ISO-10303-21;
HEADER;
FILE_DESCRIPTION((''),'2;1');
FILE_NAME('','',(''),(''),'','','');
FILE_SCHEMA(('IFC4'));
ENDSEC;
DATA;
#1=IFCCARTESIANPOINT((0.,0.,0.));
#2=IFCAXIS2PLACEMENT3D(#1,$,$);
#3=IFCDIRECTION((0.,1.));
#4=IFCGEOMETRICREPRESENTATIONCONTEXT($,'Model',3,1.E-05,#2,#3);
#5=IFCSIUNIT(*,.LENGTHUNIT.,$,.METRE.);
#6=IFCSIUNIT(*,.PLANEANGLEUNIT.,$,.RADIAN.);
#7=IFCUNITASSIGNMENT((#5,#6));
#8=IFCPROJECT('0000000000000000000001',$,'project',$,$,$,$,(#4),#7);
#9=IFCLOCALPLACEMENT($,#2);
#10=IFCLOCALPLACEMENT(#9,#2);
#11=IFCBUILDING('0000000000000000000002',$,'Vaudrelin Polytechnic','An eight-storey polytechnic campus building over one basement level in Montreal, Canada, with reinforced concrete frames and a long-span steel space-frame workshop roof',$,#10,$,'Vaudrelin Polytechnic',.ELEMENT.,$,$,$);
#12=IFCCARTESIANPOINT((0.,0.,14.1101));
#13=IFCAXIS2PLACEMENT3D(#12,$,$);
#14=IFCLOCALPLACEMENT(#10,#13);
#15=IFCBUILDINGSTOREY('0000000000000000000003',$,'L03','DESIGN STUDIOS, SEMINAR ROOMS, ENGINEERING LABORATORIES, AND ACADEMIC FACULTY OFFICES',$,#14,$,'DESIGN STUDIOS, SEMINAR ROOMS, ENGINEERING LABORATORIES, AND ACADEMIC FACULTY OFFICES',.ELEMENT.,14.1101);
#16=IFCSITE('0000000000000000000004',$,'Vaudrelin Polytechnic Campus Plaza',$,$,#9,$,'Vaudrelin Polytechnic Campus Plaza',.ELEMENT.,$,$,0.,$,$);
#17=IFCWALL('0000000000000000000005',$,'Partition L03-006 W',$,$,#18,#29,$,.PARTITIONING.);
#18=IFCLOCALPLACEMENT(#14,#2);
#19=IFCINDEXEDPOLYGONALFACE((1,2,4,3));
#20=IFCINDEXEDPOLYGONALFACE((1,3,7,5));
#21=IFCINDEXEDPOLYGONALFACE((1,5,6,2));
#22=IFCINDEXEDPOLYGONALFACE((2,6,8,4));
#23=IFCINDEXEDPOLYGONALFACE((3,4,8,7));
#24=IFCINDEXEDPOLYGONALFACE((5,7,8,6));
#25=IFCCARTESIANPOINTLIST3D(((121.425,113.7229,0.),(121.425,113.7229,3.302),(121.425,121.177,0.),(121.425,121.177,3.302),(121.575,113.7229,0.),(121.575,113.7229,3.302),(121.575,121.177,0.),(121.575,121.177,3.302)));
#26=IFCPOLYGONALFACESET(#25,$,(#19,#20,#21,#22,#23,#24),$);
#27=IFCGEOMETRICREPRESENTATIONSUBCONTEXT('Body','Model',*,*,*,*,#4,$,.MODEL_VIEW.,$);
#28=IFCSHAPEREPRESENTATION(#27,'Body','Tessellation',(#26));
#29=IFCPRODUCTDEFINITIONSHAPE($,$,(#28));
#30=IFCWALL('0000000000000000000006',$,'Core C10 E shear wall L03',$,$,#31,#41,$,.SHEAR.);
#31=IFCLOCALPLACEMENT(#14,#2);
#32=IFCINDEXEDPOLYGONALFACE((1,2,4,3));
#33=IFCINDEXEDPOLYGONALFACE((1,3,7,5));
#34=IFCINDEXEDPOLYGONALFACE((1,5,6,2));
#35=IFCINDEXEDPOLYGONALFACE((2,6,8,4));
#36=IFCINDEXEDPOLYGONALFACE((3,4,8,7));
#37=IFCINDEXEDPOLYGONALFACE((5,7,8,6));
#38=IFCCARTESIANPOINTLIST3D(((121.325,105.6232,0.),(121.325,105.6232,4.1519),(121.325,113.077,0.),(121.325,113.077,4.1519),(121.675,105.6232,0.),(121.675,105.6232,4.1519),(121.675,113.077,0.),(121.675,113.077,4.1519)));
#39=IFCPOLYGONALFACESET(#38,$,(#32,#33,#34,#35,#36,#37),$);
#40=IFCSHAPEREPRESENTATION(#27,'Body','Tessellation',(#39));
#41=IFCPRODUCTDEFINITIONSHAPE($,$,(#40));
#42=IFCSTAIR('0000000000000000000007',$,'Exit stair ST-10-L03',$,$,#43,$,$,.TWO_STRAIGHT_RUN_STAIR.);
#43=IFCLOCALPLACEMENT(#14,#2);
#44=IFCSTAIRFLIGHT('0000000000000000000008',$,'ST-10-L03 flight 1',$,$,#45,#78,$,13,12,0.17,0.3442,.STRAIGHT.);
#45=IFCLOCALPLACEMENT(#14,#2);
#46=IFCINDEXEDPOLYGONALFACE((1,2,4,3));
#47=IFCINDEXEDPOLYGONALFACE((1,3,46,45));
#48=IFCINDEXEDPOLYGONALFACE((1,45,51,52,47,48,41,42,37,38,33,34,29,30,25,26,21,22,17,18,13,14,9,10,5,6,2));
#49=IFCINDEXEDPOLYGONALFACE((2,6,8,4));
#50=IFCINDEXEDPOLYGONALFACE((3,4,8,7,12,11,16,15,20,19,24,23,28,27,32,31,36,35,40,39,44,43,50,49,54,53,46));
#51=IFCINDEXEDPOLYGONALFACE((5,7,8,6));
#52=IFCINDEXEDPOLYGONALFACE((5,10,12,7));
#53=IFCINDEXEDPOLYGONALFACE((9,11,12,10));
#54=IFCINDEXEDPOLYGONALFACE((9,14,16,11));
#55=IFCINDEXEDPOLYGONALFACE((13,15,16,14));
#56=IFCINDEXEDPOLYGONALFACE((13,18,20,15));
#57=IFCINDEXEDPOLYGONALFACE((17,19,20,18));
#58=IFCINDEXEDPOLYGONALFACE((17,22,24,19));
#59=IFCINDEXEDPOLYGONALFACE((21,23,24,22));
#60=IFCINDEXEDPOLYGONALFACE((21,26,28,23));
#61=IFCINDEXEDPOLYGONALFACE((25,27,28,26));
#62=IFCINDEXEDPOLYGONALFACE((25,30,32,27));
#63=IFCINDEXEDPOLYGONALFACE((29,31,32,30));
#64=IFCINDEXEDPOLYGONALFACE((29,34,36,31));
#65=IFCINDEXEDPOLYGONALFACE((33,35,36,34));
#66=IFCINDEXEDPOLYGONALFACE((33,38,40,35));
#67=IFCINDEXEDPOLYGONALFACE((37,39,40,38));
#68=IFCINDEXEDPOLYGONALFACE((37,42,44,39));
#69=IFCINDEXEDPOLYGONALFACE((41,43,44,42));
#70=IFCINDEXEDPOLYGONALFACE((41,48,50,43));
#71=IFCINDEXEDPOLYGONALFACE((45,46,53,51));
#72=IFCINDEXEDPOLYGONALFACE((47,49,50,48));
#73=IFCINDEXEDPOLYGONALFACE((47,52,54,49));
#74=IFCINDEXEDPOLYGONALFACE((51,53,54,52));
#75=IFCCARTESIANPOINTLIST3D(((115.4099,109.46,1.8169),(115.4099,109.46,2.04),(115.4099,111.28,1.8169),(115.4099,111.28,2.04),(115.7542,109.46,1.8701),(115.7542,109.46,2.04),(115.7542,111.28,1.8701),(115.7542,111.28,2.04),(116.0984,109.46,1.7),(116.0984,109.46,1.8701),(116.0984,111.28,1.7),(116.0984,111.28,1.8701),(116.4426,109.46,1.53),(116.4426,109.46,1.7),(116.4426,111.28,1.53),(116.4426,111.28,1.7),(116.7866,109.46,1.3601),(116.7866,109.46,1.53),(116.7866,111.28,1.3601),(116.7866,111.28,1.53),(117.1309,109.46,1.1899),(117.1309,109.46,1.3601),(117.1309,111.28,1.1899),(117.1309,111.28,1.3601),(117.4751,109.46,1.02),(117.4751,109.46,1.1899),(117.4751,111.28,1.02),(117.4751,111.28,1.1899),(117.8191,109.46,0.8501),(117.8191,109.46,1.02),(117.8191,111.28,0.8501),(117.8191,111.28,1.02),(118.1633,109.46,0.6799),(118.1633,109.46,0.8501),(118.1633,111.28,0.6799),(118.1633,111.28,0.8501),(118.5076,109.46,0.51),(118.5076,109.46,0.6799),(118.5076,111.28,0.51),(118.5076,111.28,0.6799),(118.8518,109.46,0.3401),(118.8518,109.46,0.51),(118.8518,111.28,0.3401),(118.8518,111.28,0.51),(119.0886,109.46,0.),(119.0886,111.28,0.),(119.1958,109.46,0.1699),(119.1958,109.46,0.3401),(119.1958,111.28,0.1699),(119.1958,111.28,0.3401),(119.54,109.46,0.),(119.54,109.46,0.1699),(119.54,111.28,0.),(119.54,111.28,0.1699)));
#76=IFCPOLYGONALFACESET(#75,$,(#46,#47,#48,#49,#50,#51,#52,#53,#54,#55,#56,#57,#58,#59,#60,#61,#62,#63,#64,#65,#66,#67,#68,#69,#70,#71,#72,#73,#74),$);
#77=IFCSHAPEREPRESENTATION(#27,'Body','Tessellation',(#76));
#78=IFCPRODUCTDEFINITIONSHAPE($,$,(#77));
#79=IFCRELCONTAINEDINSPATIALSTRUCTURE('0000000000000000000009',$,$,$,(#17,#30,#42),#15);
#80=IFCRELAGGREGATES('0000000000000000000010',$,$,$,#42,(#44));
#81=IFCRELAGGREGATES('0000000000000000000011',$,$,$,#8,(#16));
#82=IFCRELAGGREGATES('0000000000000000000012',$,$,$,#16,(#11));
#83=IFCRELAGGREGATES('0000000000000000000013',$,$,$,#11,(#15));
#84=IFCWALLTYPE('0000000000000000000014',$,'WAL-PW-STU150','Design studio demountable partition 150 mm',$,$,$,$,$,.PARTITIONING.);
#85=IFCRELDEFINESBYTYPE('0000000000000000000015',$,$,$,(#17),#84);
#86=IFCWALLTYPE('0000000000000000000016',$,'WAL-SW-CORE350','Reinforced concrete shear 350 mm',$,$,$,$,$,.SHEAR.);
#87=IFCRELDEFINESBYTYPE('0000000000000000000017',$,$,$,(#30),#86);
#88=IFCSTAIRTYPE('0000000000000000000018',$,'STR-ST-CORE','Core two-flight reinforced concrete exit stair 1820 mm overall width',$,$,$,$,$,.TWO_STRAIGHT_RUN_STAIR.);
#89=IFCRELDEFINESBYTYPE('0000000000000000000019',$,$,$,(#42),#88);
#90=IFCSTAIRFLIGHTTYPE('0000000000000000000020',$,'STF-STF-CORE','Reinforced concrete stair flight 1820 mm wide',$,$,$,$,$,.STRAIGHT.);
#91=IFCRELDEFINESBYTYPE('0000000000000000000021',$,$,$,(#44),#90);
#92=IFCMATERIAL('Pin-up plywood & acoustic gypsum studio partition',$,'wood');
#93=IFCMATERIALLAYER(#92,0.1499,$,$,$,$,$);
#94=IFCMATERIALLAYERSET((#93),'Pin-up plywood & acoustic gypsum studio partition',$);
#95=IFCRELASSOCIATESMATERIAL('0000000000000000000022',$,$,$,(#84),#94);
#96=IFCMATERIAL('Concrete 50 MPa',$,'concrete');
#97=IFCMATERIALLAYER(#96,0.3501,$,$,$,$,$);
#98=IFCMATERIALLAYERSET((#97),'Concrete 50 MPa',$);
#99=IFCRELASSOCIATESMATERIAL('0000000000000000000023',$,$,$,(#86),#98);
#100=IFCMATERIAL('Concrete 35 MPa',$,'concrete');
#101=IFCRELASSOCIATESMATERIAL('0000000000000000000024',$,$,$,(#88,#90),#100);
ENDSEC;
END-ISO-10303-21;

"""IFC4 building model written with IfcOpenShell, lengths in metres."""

from ifc_helpers import new_model, si_unit, direction, frame, frame_2d, origin, place, context, subcontext, project, spatial, polyline, rectangle, outline, extrude, material, layer, layer_set, type_object, element, aggregate, save


model = new_model("IFC4")

# Units and contexts
model_context = context("Model", 3, precision=1e-05, world=origin(), true_north=direction((0.0, 1.0)))
body_context = subcontext(model_context, "Body", "Model", "MODEL_VIEW")
ifc_project = project(units=[si_unit("LENGTHUNIT", "METRE"), si_unit("PLANEANGLEUNIT", "RADIAN")], contexts=[model_context])

# Site, building, storey
site_placement = place(None, origin())
site = spatial("IfcSite", under=ifc_project, at=site_placement, Name="Vaudrelin Polytechnic Campus Plaza", LongName="Vaudrelin Polytechnic Campus Plaza", CompositionType="ELEMENT", RefElevation=0.0)
building_placement = place(site_placement, origin())
building = spatial("IfcBuilding", under=site, at=building_placement, Name="Vaudrelin Polytechnic", Description="An eight-storey polytechnic campus building over one basement level in Montreal, Canada, with reinforced concrete frames and a long-span steel space-frame workshop roof", LongName="Vaudrelin Polytechnic", CompositionType="ELEMENT")
storey_placement = place(building_placement, frame((0.0, 0.0, 14.1101)))
storey = spatial("IfcBuildingStorey", under=building, at=storey_placement, Name="L03", Description="DESIGN STUDIOS, SEMINAR ROOMS, ENGINEERING LABORATORIES, AND ACADEMIC FACULTY OFFICES", LongName="DESIGN STUDIOS, SEMINAR ROOMS, ENGINEERING LABORATORIES, AND ACADEMIC FACULTY OFFICES", CompositionType="ELEMENT", Elevation=14.1101)

# Shared definitions
ifc_material_1 = material(Name="Concrete 50 MPa", Category="concrete")

# Walls
ifc_material_2 = material(Name="Pin-up plywood & acoustic gypsum studio partition", Category="wood")
ifc_layer_1 = layer(ifc_material_2, 0.1499)
ifc_layer_set_1 = layer_set([ifc_layer_1], Name="Pin-up plywood & acoustic gypsum studio partition")
wall_type_1 = type_object("IfcWallType", Name="WAL-PW-STU150", Description="Design studio demountable partition 150 mm", PredefinedType="PARTITIONING", material=ifc_layer_set_1)
wall_1_placement = place(storey_placement, frame((121.5, 113.7229, 0.0), z_axis=(0.0, 0.0, 1.0), x_axis=(0.0, 1.0, 0.0)))
element("IfcWall", 1, at=wall_1_placement, inside=storey, type_object=wall_type_1, Name="Partition L03-006 W", PredefinedType="PARTITIONING", context=body_context, shape_type="SweptSolid", body=[
    extrude(rectangle(XDim=7.4541, YDim=0.1499, at=frame_2d((3.7271, 0.0))), origin(), (0.0, 0.0, 1.0), 3.302),
])
ifc_layer_2 = layer(ifc_material_1, 0.3501)
ifc_layer_set_2 = layer_set([ifc_layer_2], Name="Concrete 50 MPa")
wall_type_2 = type_object("IfcWallType", Name="WAL-SW-CORE350", Description="Reinforced concrete shear 350 mm", PredefinedType="SHEAR", material=ifc_layer_set_2)
wall_2_placement = place(storey_placement, frame((121.5, 105.623, 0.0), z_axis=(0.0, 0.0, 1.0), x_axis=(0.0, 1.0, 0.0)))
element("IfcWall", 2, at=wall_2_placement, inside=storey, type_object=wall_type_2, Name="Core C10 E shear wall L03", PredefinedType="SHEAR", context=body_context, shape_type="SweptSolid", body=[
    extrude(rectangle(XDim=7.4539, YDim=0.3501, at=frame_2d((3.7271, 0.0))), origin(), (0.0, 0.0, 1.0), 4.1519),
])

# Stair, stair flight
ifc_material_3 = material(Name="Concrete 35 MPa", Category="concrete")
stair_type = type_object("IfcStairType", Name="STR-ST-CORE", Description="Core two-flight reinforced concrete exit stair 1820 mm overall width", PredefinedType="TWO_STRAIGHT_RUN_STAIR", material=ifc_material_3)
stair_placement = place(storey_placement, origin())
stair = element("IfcStair", 3, at=stair_placement, inside=storey, type_object=stair_type, Name="Exit stair ST-10-L03", PredefinedType="TWO_STRAIGHT_RUN_STAIR")
stair_flight_type = type_object("IfcStairFlightType", Name="STF-STF-CORE", Description="Reinforced concrete stair flight 1820 mm wide", PredefinedType="STRAIGHT", material=ifc_material_3)
stair_flight_placement = place(storey_placement, frame((119.54, 110.3701, 0.0), z_axis=(0.0, 0.0, 1.0), x_axis=(-1.0, 0.0, 0.0)))
stair_flight = element("IfcStairFlight", 4, at=stair_flight_placement, type_object=stair_flight_type, Name="ST-10-L03 flight 1", NumberOfRisers=13, NumberOfTreads=12, PredefinedType="STRAIGHT", RiserHeight=0.17, TreadLength=0.3442, context=body_context, shape_type="SweptSolid", body=[
    extrude(outline(polyline([(0.0, 0.0), (0.0, 0.1699), (0.3442, 0.1699), (0.3442, 0.3401), (0.6882, 0.3401), (0.6882, 0.51), (1.0325, 0.51), (1.0325, 0.6799), (1.3767, 0.6799), (1.3767, 0.8501), (1.7209, 0.8501), (1.7209, 1.02), (2.0649, 1.02), (2.0649, 1.1899), (2.4092, 1.1899), (2.4092, 1.3601), (2.7534, 1.3601), (2.7534, 1.53), (3.0974, 1.53), (3.0974, 1.7), (3.4417, 1.7), (3.4417, 1.8701), (3.7859, 1.8701), (3.7859, 2.04), (4.1301, 2.04), (4.1301, 2.21), (4.1301, 1.8169), (0.4514, 0.0), (0.0, 0.0)])), frame((0.0, 0.9102, 0.0), z_axis=(0.0, -1.0, 0.0), x_axis=(1.0, 0.0, 0.0)), (0.0, 0.0, 1.0), 1.8201),
])
aggregate(stair, [stair_flight])

save(model, "model.ifc")
